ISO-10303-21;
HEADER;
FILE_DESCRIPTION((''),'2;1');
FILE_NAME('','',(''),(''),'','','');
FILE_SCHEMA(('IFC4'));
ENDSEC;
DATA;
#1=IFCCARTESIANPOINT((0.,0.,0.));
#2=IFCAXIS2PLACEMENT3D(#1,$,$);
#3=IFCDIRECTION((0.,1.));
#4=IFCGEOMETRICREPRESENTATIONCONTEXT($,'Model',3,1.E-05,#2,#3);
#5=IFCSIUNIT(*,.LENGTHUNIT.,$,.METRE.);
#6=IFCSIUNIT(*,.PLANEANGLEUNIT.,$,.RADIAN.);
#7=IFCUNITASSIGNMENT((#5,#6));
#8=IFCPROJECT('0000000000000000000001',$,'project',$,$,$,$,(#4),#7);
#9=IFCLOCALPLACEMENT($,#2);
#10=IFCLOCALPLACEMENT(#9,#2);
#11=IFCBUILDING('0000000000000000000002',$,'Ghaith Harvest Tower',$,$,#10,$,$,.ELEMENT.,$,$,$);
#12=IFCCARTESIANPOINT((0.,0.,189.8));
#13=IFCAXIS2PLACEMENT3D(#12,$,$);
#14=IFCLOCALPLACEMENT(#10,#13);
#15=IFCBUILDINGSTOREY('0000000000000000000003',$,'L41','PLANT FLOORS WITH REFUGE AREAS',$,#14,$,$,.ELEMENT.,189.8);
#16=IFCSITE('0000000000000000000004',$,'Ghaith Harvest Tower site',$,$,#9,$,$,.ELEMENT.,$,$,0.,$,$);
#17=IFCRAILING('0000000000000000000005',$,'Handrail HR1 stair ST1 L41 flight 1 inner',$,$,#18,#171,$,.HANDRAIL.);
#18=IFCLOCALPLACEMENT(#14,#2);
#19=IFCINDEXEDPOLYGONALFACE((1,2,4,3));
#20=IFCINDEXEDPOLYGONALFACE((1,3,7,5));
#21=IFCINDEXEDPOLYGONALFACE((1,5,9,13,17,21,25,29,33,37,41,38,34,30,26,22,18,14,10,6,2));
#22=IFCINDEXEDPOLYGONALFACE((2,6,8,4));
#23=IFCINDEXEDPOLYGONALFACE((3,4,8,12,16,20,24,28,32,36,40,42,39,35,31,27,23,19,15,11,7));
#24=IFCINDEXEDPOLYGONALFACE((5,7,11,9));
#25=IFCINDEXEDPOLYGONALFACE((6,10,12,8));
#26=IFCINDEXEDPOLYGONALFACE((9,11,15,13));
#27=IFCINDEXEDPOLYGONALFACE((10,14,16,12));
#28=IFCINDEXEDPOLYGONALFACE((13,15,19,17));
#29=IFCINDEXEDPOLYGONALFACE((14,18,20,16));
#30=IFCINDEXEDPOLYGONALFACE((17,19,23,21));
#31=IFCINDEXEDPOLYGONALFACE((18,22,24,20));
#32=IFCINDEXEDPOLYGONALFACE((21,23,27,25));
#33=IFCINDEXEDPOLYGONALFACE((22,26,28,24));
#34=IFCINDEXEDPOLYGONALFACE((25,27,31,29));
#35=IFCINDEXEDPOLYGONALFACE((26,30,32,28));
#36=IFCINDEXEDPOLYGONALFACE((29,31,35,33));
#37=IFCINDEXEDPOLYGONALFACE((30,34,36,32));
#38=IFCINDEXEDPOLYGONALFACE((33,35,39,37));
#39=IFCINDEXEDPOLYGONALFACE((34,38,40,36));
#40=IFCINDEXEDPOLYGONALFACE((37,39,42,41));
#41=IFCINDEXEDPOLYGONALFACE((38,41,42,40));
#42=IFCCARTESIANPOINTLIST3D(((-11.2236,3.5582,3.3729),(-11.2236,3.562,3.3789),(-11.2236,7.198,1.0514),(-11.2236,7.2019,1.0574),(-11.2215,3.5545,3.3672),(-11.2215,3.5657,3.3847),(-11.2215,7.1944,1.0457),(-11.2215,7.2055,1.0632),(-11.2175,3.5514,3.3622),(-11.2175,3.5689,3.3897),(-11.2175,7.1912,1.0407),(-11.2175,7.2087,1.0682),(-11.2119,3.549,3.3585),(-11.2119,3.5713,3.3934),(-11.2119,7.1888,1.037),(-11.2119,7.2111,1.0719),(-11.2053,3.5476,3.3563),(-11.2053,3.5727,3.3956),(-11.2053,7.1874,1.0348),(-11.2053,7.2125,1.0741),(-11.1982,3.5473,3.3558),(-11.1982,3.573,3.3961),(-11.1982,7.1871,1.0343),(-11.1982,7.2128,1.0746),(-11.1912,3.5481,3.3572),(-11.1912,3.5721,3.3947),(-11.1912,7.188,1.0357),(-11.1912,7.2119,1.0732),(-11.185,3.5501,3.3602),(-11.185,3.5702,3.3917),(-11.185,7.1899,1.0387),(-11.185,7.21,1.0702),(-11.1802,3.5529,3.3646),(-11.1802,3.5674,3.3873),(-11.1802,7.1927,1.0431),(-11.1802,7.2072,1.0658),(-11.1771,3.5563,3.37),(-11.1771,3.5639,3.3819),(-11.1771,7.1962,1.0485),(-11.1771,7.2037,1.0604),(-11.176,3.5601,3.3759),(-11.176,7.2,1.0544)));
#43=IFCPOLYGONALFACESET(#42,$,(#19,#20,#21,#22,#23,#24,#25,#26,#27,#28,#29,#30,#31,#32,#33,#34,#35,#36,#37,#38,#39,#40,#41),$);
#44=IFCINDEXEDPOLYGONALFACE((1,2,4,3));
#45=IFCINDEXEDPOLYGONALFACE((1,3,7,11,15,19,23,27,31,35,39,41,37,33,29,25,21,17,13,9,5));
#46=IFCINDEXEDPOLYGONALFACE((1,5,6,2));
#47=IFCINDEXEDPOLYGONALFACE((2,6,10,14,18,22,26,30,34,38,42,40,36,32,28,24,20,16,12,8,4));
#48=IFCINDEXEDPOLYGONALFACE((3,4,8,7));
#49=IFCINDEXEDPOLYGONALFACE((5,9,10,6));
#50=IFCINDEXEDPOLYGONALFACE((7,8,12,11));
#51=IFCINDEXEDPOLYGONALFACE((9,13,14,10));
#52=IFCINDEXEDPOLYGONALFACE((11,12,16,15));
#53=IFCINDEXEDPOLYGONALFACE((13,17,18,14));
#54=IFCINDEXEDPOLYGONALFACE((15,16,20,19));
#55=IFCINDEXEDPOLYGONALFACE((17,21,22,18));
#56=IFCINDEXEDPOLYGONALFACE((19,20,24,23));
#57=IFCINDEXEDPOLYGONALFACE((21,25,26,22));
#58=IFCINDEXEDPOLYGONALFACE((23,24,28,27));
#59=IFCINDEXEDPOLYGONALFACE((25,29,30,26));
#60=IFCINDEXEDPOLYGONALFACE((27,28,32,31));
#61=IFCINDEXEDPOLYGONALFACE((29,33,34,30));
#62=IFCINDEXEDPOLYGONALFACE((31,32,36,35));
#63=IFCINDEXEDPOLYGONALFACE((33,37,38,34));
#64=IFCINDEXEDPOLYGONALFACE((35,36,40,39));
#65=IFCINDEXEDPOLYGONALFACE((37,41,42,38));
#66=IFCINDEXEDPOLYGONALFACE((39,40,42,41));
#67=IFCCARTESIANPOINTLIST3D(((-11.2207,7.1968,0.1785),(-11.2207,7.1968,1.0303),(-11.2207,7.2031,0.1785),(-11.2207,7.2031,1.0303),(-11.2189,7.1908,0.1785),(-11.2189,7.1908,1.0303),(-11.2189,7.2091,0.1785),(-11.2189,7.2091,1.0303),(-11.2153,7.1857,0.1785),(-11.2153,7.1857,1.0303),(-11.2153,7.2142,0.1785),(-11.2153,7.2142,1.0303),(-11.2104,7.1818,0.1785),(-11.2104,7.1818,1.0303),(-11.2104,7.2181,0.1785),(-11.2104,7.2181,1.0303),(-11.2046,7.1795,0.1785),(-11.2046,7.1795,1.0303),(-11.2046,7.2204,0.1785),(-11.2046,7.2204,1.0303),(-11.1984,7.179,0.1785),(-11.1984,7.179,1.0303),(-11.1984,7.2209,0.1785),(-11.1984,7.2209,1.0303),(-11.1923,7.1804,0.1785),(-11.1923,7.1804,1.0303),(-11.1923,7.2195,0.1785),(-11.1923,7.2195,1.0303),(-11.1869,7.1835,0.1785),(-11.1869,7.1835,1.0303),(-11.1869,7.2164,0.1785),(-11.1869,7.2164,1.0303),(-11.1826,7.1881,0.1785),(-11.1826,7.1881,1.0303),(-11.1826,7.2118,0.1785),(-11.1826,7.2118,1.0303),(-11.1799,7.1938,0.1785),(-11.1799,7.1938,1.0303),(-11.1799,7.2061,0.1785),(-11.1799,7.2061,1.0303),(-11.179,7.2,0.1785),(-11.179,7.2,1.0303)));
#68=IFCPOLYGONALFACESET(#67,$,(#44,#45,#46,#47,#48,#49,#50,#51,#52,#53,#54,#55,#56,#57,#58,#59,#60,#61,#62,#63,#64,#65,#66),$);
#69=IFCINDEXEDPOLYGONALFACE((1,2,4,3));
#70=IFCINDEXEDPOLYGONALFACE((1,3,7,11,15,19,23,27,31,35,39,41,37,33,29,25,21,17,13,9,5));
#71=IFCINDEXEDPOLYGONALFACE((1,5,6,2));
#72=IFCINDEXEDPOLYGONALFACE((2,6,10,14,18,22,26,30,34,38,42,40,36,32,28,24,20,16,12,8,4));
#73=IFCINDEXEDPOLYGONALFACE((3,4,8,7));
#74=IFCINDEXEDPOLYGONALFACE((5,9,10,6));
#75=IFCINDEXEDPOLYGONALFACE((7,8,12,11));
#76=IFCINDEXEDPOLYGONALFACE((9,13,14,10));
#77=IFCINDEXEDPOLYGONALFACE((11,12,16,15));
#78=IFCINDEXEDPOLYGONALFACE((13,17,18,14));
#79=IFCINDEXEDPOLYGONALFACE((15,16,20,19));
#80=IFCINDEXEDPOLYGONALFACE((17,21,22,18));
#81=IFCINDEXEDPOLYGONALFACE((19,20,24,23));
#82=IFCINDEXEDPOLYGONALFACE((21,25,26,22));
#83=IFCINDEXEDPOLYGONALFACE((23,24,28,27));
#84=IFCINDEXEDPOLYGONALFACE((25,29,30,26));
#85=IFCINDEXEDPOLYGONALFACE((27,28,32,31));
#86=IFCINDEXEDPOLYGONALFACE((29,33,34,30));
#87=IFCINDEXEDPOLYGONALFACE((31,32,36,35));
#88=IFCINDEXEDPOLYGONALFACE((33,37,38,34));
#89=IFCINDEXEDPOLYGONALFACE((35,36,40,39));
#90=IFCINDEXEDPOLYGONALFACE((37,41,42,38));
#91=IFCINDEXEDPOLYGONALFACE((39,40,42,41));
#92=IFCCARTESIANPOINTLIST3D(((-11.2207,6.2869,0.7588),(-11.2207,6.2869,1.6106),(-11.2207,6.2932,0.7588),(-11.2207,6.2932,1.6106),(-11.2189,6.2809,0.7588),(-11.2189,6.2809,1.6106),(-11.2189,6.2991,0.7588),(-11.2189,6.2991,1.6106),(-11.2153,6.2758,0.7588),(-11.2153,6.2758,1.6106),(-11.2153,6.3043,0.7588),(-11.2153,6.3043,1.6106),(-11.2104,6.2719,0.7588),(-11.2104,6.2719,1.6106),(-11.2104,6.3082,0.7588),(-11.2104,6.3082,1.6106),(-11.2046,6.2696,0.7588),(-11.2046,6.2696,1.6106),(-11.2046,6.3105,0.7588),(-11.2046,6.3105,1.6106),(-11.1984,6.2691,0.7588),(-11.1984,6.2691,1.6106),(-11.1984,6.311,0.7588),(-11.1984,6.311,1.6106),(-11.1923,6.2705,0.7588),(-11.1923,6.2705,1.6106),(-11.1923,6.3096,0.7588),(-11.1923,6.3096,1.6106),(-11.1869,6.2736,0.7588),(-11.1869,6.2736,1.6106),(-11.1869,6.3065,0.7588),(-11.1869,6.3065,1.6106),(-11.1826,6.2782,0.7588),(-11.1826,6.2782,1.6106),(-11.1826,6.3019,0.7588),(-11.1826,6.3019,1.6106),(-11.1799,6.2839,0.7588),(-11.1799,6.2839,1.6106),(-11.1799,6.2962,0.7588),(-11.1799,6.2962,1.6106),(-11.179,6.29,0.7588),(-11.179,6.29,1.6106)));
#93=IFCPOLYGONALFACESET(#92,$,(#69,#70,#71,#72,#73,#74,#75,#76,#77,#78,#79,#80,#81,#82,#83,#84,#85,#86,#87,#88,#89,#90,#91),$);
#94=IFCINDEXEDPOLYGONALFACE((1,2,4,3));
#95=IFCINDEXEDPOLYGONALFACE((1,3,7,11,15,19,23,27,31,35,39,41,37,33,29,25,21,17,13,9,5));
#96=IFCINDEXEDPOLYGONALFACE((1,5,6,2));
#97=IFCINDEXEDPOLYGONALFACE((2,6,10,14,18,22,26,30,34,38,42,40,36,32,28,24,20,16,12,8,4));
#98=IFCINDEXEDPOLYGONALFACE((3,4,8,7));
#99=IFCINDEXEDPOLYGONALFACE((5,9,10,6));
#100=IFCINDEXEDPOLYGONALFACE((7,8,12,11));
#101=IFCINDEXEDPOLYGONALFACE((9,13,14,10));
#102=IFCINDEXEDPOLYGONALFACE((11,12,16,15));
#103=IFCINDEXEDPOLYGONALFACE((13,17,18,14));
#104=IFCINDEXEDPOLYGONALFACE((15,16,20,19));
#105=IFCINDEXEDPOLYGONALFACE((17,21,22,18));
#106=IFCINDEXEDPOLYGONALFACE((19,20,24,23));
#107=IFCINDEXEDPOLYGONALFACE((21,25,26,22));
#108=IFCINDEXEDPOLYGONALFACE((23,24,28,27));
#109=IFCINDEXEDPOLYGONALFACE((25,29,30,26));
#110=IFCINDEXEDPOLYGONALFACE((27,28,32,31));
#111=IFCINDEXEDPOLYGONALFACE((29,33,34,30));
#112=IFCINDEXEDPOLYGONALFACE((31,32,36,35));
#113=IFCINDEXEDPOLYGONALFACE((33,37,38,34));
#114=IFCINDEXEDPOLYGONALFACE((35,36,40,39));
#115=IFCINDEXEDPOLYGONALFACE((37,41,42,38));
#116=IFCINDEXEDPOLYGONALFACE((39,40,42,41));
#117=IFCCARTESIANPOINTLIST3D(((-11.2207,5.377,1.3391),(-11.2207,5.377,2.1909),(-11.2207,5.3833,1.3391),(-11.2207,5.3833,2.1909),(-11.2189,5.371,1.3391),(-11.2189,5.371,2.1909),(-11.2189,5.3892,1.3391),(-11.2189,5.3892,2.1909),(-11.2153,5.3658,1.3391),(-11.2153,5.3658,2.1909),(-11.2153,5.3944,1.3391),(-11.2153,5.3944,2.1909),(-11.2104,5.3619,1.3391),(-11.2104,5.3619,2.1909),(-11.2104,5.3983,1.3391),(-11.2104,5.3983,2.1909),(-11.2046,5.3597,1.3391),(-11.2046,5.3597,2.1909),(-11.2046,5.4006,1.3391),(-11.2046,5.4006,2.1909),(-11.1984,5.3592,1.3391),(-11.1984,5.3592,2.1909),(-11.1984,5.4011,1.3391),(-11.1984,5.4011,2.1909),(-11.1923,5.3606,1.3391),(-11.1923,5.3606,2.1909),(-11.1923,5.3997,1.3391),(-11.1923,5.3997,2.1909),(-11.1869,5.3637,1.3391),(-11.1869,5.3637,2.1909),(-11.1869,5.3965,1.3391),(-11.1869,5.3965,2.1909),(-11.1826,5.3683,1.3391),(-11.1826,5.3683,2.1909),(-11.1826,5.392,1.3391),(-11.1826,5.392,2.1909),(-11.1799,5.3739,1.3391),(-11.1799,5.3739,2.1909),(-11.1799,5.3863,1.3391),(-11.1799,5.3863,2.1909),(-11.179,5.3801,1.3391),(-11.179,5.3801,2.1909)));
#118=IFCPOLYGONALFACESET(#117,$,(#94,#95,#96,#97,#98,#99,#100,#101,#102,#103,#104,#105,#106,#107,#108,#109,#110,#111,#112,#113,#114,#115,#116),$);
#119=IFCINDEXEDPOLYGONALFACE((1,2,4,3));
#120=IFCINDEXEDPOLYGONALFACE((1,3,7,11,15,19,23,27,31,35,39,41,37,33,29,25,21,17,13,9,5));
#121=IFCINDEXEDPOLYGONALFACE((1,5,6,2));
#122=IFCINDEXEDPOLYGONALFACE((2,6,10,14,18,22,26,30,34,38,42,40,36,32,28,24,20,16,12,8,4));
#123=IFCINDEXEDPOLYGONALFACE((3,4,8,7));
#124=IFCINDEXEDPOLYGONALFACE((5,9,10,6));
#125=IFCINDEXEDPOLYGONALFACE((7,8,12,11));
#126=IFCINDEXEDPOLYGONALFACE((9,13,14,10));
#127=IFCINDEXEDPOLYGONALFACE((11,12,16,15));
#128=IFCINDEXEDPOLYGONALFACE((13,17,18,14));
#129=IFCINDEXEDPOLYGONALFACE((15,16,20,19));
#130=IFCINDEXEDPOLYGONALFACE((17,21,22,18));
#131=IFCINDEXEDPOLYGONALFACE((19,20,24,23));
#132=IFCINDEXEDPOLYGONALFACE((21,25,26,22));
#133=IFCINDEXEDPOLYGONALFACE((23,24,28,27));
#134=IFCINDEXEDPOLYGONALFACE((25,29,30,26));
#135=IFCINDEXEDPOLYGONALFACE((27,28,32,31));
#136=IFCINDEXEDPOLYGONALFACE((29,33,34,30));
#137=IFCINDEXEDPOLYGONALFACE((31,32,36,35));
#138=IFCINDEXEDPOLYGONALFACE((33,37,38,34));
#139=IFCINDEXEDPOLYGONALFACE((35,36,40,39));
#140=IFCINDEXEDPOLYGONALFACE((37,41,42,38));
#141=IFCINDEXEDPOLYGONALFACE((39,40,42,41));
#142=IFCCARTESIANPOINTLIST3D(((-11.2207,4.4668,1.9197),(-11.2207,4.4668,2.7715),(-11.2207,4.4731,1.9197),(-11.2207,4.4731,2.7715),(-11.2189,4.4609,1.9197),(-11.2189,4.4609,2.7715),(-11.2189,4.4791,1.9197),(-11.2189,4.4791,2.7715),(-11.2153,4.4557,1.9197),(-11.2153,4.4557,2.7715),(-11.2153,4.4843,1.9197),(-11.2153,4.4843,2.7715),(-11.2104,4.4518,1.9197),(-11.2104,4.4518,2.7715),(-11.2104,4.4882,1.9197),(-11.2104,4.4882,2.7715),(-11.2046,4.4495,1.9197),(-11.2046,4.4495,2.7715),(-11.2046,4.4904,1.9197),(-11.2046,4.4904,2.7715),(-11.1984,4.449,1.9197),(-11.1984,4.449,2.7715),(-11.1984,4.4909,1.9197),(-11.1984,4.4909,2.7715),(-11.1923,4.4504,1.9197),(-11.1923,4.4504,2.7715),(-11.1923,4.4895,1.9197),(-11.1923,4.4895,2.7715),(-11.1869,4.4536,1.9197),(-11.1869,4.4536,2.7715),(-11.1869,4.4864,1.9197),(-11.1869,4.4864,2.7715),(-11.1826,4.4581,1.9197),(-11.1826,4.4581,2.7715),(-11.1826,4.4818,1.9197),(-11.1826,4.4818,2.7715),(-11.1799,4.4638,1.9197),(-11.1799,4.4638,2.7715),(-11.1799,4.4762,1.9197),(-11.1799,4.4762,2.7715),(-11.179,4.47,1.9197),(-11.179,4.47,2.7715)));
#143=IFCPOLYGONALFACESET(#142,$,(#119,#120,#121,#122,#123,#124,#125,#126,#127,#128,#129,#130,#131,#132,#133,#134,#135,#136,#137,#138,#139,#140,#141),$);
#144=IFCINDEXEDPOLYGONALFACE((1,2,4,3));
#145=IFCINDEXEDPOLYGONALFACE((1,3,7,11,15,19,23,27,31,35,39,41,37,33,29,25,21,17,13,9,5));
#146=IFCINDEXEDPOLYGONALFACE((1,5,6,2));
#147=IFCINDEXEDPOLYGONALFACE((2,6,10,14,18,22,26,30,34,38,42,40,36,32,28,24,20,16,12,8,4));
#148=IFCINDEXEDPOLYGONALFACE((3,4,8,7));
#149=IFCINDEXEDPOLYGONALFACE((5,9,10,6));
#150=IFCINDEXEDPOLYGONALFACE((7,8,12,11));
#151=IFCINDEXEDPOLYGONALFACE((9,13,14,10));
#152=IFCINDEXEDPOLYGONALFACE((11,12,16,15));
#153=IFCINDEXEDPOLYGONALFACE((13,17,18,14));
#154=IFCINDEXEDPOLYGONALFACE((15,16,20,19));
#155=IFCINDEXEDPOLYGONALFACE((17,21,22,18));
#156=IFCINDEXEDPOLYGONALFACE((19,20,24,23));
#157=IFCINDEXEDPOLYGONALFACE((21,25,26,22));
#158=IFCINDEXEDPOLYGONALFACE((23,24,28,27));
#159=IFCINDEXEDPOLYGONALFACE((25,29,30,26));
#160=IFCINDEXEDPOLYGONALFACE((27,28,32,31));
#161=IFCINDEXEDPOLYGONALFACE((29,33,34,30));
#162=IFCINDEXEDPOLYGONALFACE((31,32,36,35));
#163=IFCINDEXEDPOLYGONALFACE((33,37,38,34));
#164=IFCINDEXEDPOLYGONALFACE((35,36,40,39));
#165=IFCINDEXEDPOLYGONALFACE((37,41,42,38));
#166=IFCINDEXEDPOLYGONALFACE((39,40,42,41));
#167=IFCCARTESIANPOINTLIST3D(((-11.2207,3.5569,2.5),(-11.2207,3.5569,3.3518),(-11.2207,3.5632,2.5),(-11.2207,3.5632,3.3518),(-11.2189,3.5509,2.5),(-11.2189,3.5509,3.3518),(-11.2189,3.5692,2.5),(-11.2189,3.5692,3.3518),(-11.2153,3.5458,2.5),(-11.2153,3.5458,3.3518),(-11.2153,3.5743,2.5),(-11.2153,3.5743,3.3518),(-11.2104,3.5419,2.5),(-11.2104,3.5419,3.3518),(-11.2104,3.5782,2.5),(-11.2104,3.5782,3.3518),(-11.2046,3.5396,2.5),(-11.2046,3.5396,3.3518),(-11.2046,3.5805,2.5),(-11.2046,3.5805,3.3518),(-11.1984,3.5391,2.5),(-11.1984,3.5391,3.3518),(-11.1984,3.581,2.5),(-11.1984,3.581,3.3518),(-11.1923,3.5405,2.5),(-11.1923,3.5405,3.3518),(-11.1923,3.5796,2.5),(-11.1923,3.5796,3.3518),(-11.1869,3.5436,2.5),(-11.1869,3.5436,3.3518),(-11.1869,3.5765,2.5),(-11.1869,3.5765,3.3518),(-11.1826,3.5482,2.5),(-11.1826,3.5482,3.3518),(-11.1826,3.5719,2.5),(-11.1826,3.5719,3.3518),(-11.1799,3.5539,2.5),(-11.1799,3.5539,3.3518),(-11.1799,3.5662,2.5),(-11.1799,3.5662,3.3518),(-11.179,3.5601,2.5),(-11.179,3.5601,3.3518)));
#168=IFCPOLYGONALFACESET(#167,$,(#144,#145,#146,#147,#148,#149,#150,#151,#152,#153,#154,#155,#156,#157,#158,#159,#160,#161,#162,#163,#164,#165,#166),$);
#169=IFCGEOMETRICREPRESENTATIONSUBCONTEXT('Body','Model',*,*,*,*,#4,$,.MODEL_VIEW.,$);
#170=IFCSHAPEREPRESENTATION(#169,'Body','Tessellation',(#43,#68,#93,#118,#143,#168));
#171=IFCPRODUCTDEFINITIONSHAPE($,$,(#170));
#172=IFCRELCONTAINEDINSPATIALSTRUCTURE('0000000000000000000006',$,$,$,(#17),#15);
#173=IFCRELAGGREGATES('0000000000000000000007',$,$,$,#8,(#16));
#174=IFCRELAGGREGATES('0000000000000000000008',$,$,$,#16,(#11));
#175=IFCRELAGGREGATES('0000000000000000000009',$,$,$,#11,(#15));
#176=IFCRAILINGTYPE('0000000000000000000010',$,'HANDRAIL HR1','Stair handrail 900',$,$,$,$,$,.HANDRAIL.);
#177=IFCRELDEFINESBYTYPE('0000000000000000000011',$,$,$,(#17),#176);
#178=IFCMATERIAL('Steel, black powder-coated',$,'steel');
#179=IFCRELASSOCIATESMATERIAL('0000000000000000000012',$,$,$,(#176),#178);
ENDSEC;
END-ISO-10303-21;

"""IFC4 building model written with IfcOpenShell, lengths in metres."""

from ifc_helpers import new_model, si_unit, direction, frame, origin, origin_2d, place, context, subcontext, project, spatial, circle, extrude, material, type_object, element, save


model = new_model("IFC4")

# Units and contexts
model_context = context("Model", 3, precision=1e-05, world=origin(), true_north=direction((0.0, 1.0)))
body_context = subcontext(model_context, "Body", "Model", "MODEL_VIEW")
ifc_project = project(units=[si_unit("LENGTHUNIT", "METRE"), si_unit("PLANEANGLEUNIT", "RADIAN")], contexts=[model_context])

# Site, building, storey
site_placement = place(None, origin())
site = spatial("IfcSite", under=ifc_project, at=site_placement, Name="Ghaith Harvest Tower site", CompositionType="ELEMENT", RefElevation=0.0)
building_placement = place(site_placement, origin())
building = spatial("IfcBuilding", under=site, at=building_placement, Name="Ghaith Harvest Tower", CompositionType="ELEMENT")
storey_placement = place(building_placement, frame((0.0, 0.0, 189.8)))
storey = spatial("IfcBuildingStorey", under=building, at=storey_placement, Name="L41", Description="PLANT FLOORS WITH REFUGE AREAS", CompositionType="ELEMENT", Elevation=189.8)

# Railing
ifc_material_1 = material(Name="Steel, black powder-coated", Category="steel")
railing_type = type_object("IfcRailingType", Name="HANDRAIL HR1", Description="Stair handrail 900", PredefinedType="HANDRAIL", material=ifc_material_1)
railing_1_placement = place(storey_placement, frame((-11.2, 7.2, 0.1785)))
element("IfcRailing", 1, at=railing_1_placement, inside=storey, type_object=railing_type, Name="Handrail HR1 stair ST1 L41 flight 1 inner", PredefinedType="HANDRAIL", context=body_context, shape_type="SweptSolid", body=[
    extrude(circle(Radius=0.0239, at=origin_2d()), frame((0.0, 0.0, 0.876), z_axis=(0.0, -0.843112, 0.537739), x_axis=(1.0, 0.0, 0.0)), (0.0, 0.0, 1.0), 4.3171),
    extrude(circle(Radius=0.021, at=origin_2d()), origin(), (0.0, 0.0, 1.0), 0.8518),
    extrude(circle(Radius=0.021, at=origin_2d()), frame((0.0, -0.9099, 0.5803)), (0.0, 0.0, 1.0), 0.8518),
    extrude(circle(Radius=0.021, at=origin_2d()), frame((0.0, -1.8198, 1.1606)), (0.0, 0.0, 1.0), 0.8518),
    extrude(circle(Radius=0.021, at=origin_2d()), frame((0.0, -2.73, 1.7412)), (0.0, 0.0, 1.0), 0.8518),
    extrude(circle(Radius=0.021, at=origin_2d()), frame((0.0, -3.6399, 2.3215)), (0.0, 0.0, 1.0), 0.8518),
])

save(model, "model.ifc")
